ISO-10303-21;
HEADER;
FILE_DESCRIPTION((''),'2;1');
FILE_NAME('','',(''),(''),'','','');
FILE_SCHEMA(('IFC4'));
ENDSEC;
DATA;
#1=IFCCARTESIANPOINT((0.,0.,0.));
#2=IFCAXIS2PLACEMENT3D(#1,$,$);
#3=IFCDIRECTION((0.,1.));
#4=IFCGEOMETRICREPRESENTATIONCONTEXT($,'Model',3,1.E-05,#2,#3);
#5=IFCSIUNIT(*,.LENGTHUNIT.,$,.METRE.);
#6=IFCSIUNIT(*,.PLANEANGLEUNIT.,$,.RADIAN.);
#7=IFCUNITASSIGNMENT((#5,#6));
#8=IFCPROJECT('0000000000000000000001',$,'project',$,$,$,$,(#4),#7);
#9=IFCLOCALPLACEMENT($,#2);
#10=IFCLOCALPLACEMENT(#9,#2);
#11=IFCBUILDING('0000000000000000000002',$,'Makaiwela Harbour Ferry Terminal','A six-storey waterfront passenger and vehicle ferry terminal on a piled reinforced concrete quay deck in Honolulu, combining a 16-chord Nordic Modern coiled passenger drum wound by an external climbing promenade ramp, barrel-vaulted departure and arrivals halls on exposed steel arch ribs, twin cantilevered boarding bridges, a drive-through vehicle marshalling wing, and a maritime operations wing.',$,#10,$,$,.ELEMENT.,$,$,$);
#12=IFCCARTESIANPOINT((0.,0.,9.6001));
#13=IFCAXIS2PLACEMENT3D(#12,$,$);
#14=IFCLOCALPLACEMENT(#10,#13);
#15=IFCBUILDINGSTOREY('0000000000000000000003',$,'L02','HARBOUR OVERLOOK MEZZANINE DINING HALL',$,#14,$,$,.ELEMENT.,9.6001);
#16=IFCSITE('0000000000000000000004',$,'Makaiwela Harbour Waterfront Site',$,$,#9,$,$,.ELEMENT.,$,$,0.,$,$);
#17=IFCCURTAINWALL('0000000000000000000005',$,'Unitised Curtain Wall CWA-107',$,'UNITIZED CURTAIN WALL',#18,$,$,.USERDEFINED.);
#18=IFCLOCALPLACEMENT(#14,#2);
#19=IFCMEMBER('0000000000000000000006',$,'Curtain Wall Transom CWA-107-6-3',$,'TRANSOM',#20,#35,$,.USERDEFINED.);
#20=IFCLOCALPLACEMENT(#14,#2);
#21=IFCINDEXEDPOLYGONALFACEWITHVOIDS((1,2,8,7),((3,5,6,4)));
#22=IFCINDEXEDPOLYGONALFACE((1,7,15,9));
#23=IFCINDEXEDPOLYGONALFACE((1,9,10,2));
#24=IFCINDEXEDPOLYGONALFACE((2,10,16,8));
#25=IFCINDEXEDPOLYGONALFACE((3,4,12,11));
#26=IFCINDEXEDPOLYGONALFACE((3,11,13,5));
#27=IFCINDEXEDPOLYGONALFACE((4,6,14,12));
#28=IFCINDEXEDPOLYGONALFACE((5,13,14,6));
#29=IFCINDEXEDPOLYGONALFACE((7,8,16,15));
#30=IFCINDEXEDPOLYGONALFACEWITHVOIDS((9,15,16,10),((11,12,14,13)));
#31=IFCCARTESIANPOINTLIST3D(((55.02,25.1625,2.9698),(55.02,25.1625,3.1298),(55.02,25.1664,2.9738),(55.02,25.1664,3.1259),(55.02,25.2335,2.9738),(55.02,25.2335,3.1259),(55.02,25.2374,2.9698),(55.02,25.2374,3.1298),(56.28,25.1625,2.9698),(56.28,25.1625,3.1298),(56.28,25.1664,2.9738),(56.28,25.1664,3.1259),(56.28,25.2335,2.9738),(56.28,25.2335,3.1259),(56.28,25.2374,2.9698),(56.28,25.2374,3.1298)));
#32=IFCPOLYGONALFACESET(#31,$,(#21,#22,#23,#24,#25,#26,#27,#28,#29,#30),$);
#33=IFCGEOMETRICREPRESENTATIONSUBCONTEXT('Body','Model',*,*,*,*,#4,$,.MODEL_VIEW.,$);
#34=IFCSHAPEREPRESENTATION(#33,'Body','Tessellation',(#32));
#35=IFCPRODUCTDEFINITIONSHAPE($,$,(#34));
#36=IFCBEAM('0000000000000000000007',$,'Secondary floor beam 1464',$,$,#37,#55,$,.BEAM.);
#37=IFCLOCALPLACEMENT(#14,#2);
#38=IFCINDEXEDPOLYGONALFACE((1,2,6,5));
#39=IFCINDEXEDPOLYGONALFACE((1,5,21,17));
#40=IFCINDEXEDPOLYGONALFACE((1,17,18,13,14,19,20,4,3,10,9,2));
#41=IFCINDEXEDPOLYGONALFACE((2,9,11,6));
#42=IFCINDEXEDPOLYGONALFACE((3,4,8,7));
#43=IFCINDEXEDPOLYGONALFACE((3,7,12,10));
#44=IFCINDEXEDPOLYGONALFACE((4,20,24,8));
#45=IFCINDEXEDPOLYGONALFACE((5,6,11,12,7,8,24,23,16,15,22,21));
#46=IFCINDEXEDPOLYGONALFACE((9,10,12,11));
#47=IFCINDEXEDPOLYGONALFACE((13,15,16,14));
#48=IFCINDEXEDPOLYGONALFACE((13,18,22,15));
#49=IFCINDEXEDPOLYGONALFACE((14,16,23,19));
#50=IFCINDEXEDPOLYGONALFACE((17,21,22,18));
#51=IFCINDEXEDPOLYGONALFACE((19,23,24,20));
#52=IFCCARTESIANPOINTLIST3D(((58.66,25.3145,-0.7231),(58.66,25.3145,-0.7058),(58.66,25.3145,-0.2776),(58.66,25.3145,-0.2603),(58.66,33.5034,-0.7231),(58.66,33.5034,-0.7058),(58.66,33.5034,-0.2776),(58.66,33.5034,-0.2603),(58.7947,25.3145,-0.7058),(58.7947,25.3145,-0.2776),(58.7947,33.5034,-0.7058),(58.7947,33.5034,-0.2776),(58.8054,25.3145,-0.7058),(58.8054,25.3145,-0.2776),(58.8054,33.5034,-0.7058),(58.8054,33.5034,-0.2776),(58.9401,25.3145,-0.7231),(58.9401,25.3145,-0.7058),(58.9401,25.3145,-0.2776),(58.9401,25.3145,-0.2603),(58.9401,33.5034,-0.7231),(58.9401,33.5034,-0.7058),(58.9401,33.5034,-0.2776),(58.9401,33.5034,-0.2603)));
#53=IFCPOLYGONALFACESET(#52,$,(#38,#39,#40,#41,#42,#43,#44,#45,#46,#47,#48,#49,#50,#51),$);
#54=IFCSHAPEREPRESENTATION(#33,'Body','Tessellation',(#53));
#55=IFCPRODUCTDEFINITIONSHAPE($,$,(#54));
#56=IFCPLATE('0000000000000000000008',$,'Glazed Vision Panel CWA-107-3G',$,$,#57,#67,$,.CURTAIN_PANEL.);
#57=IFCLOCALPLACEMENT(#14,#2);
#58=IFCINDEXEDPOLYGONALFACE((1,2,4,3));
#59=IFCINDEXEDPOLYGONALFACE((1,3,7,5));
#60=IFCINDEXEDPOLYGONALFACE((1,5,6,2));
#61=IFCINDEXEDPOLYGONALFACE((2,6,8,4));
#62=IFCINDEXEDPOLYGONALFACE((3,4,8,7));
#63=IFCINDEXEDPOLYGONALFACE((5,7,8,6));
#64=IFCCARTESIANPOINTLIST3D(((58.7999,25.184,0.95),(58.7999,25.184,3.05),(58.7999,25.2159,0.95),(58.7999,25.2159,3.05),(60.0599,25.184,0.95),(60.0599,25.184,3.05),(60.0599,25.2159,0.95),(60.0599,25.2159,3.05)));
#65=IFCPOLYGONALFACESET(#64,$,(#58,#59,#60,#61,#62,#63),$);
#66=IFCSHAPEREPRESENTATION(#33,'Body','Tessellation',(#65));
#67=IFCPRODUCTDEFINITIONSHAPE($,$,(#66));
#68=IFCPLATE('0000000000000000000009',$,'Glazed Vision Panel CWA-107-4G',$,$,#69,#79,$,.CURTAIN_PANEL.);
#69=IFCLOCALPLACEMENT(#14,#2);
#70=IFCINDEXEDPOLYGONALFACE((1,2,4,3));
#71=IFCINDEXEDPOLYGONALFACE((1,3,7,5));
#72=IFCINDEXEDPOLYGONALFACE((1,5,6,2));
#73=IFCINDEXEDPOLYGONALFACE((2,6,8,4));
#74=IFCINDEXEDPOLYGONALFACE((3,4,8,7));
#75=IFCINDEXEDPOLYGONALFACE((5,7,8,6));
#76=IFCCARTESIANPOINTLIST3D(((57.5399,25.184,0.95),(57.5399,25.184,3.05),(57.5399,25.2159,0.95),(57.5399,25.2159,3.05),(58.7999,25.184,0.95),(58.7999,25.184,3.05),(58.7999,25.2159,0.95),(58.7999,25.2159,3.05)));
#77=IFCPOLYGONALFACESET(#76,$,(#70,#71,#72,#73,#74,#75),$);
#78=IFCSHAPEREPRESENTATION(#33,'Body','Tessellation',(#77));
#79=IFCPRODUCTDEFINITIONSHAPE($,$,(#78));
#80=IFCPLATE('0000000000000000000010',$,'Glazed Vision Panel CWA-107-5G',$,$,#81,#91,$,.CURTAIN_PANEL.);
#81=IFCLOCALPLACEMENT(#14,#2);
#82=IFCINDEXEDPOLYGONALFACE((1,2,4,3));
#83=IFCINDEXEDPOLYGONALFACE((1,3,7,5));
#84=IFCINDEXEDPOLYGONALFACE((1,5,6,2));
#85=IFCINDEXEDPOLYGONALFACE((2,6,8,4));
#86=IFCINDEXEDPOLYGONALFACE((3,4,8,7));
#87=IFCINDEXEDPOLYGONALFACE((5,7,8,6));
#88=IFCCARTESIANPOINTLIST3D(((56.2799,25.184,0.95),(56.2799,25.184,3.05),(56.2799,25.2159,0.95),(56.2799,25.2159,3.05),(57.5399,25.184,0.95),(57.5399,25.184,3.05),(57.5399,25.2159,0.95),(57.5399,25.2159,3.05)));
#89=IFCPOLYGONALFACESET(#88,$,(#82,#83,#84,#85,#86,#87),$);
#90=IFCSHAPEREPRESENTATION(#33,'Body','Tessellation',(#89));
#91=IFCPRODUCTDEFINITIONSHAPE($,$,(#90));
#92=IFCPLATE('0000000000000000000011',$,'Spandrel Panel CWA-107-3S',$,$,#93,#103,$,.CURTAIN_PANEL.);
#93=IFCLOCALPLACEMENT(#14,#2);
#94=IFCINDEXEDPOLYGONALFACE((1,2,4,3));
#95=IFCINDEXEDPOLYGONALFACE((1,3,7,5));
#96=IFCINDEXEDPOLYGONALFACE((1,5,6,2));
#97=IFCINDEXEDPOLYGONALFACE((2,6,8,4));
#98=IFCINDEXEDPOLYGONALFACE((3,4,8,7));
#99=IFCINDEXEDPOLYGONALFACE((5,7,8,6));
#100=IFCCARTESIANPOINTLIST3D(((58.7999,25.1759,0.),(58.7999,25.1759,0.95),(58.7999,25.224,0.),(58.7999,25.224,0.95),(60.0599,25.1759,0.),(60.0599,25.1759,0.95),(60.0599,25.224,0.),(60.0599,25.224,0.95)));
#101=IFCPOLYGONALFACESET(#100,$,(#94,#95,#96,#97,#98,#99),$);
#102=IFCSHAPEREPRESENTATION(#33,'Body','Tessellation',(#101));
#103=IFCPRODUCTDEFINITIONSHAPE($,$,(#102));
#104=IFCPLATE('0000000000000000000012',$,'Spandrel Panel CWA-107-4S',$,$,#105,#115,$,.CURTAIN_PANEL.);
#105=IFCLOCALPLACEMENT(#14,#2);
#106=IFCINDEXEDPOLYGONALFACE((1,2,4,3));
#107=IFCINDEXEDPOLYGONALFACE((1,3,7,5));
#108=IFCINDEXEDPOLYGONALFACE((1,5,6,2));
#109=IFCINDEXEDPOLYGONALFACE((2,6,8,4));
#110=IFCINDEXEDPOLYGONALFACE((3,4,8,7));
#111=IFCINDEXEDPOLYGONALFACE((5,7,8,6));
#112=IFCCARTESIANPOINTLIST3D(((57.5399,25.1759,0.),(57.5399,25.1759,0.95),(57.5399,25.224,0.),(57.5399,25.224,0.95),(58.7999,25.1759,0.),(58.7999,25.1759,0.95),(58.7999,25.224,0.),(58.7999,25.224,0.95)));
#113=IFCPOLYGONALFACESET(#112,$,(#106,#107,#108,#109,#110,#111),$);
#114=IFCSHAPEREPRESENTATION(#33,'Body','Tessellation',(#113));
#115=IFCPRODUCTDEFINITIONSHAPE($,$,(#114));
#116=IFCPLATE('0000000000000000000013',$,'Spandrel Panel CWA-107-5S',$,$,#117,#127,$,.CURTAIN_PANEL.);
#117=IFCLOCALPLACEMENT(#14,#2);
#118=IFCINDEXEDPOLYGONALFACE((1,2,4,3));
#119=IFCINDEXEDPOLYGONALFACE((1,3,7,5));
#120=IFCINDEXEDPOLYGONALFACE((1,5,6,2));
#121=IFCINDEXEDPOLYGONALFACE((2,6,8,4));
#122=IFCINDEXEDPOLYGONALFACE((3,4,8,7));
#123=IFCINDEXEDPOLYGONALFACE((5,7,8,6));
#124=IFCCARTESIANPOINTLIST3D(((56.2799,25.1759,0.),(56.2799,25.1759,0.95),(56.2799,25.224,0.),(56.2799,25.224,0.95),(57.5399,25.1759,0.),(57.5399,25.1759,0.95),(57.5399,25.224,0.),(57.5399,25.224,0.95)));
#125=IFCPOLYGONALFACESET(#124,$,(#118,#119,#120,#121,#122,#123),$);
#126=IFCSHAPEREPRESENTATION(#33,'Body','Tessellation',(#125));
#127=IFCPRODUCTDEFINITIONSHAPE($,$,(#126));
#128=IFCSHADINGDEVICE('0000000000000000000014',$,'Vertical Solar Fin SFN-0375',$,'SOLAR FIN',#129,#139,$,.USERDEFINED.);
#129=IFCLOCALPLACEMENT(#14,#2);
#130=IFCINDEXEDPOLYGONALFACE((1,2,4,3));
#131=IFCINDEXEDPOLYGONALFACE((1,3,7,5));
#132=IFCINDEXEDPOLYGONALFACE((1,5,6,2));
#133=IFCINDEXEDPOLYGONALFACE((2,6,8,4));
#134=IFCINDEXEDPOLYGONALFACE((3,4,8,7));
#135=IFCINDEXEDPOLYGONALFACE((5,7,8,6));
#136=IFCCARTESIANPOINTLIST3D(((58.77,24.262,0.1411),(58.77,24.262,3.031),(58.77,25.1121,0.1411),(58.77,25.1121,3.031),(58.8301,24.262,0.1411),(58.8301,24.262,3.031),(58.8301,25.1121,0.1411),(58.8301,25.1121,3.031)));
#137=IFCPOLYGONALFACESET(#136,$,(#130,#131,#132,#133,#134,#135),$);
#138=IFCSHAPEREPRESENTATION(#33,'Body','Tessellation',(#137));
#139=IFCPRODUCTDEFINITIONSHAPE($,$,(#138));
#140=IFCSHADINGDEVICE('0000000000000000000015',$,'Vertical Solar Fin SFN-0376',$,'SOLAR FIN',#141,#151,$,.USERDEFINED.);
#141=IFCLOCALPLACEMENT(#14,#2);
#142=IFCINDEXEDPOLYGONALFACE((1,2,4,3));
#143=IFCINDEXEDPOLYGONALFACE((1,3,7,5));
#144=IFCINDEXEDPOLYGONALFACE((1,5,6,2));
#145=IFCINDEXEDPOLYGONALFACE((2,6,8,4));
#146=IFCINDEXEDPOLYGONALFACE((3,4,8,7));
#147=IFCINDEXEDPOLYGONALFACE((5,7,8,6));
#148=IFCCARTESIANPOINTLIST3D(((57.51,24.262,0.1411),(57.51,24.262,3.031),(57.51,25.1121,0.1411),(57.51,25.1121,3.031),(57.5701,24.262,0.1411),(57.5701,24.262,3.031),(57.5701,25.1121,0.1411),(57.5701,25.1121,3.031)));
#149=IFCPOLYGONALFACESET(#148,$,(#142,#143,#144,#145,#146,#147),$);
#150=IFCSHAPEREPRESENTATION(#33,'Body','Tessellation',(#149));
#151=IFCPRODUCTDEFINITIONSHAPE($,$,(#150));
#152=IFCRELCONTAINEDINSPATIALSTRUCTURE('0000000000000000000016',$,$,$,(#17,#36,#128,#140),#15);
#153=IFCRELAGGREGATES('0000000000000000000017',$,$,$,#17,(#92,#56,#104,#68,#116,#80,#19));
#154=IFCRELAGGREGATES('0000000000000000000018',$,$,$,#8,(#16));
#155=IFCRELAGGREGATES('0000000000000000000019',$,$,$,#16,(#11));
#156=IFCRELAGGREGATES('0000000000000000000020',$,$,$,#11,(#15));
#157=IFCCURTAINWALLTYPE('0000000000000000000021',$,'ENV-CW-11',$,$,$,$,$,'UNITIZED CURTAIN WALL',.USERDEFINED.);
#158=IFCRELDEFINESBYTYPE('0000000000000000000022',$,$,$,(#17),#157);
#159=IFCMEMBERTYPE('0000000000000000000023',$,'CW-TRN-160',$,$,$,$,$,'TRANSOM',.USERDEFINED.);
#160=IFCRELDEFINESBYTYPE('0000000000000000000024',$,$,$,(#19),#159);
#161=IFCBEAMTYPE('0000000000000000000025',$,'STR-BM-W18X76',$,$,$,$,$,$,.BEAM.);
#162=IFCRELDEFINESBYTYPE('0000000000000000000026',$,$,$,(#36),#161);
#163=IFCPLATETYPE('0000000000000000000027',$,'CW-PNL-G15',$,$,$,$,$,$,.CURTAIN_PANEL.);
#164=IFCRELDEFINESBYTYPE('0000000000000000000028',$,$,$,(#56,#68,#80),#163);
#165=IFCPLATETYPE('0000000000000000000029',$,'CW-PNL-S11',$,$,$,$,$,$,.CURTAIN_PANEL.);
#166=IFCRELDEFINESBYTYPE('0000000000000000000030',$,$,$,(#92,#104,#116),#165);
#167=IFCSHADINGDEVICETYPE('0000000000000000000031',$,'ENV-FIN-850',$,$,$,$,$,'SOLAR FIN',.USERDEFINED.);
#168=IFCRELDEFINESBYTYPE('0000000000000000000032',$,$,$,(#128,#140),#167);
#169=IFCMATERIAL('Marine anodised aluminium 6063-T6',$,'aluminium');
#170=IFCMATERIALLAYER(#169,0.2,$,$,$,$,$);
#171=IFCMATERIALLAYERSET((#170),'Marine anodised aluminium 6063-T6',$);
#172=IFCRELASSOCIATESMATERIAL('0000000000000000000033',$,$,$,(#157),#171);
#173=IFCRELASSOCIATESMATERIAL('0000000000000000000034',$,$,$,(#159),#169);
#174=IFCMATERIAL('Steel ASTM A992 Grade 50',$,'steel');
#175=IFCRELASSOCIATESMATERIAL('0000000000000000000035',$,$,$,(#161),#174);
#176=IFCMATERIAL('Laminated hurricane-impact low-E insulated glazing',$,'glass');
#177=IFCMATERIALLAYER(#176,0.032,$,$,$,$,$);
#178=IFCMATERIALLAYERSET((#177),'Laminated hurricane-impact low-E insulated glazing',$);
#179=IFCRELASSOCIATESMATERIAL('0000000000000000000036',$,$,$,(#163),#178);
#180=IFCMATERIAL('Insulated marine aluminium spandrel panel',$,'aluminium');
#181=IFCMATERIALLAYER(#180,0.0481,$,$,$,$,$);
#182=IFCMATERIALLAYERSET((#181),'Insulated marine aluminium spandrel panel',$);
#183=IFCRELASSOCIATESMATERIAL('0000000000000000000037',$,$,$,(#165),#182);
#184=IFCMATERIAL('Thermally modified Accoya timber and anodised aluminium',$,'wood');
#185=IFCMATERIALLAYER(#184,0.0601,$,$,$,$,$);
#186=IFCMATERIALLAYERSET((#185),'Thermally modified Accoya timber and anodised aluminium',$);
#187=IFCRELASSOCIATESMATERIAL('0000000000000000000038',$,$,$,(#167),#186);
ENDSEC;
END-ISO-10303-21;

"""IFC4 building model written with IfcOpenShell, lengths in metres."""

from ifc_helpers import new_model, si_unit, direction, frame, origin, origin_2d, place, context, subcontext, project, spatial, rectangle, hollow_rectangle, i_section, extrude, material, layer, layer_set, material_profile, profile_set, type_object, element, aggregate, save


model = new_model("IFC4")

# Units and contexts
model_context = context("Model", 3, precision=1e-05, world=origin(), true_north=direction((0.0, 1.0)))
body_context = subcontext(model_context, "Body", "Model", "MODEL_VIEW")
ifc_project = project(units=[si_unit("LENGTHUNIT", "METRE"), si_unit("PLANEANGLEUNIT", "RADIAN")], contexts=[model_context])

# Site, building, storey
site_placement = place(None, origin())
site = spatial("IfcSite", under=ifc_project, at=site_placement, Name="Makaiwela Harbour Waterfront Site", CompositionType="ELEMENT", RefElevation=0.0)
building_placement = place(site_placement, origin())
building = spatial("IfcBuilding", under=site, at=building_placement, Name="Makaiwela Harbour Ferry Terminal", Description="A six-storey waterfront passenger and vehicle ferry terminal on a piled reinforced concrete quay deck in Honolulu, combining a 16-chord Nordic Modern coiled passenger drum wound by an external climbing promenade ramp, barrel-vaulted departure and arrivals halls on exposed steel arch ribs, twin cantilevered boarding bridges, a drive-through vehicle marshalling wing, and a maritime operations wing.", CompositionType="ELEMENT")
storey_placement = place(building_placement, frame((0.0, 0.0, 9.6001)))
storey = spatial("IfcBuildingStorey", under=building, at=storey_placement, Name="L02", Description="HARBOUR OVERLOOK MEZZANINE DINING HALL", CompositionType="ELEMENT", Elevation=9.6001)

# Curtain wall, member
ifc_material_1 = material(Name="Marine anodised aluminium 6063-T6", Category="aluminium")
ifc_layer_1 = layer(ifc_material_1, 0.2)
ifc_layer_set_1 = layer_set([ifc_layer_1], Name="Marine anodised aluminium 6063-T6")
curtain_wall_type = type_object("IfcCurtainWallType", Name="ENV-CW-11", ElementType="UNITIZED CURTAIN WALL", PredefinedType="USERDEFINED", material=ifc_layer_set_1)
curtain_wall_placement = place(storey_placement, origin())
curtain_wall = element("IfcCurtainWall", 1, at=curtain_wall_placement, inside=storey, type_object=curtain_wall_type, Name="Unitised Curtain Wall CWA-107", ObjectType="UNITIZED CURTAIN WALL", PredefinedType="USERDEFINED")
ifc_material_profile_1 = material_profile(ifc_material_1, hollow_rectangle(XDim=0.075, YDim=0.1599, WallThickness=0.0039, at=origin_2d()), Name="CWT-160X75")
ifc_profile_set_1 = profile_set([ifc_material_profile_1], Name="Marine anodised aluminium 6063-T6")
member_type_1 = type_object("IfcMemberType", Name="CW-TRN-160", ElementType="TRANSOM", PredefinedType="USERDEFINED", material=ifc_profile_set_1)
member_1_placement = place(storey_placement, frame((56.28, 25.2, 3.0498), z_axis=(-1.0, 0.0, 0.0), x_axis=(0.0, -1.0, 0.0)))
member_1 = element("IfcMember", 2, at=member_1_placement, type_object=member_type_1, Name="Curtain Wall Transom CWA-107-6-3", ObjectType="TRANSOM", PredefinedType="USERDEFINED", context=body_context, shape_type="SweptSolid", body=[
    extrude(hollow_rectangle(XDim=0.075, YDim=0.1599, WallThickness=0.0039, at=origin_2d()), origin(), (0.0, 0.0, 1.0), 1.26),
])

# Beam
ifc_material_2 = material(Name="Steel ASTM A992 Grade 50", Category="steel")
ifc_material_profile_2 = material_profile(ifc_material_2, i_section(OverallWidth=0.28, OverallDepth=0.4629, WebThickness=0.0107, FlangeThickness=0.0173, at=origin_2d()), Name="W18X76")
ifc_profile_set_2 = profile_set([ifc_material_profile_2], Name="Steel ASTM A992 Grade 50")
beam_type = type_object("IfcBeamType", Name="STR-BM-W18X76", PredefinedType="BEAM", material=ifc_profile_set_2)
beam_placement = place(storey_placement, frame((58.8, 25.3145, -0.4917), z_axis=(0.0, 1.0, 0.0), x_axis=(-1.0, 0.0, 0.0)))
element("IfcBeam", 3, at=beam_placement, inside=storey, type_object=beam_type, Name="Secondary floor beam 1464", PredefinedType="BEAM", context=body_context, shape_type="SweptSolid", body=[
    extrude(i_section(OverallWidth=0.28, OverallDepth=0.4629, WebThickness=0.0107, FlangeThickness=0.0173, at=origin_2d()), origin(), (0.0, 0.0, 1.0), 8.189),
])

# Plates
ifc_material_3 = material(Name="Laminated hurricane-impact low-E insulated glazing", Category="glass")
ifc_layer_2 = layer(ifc_material_3, 0.032)
ifc_layer_set_2 = layer_set([ifc_layer_2], Name="Laminated hurricane-impact low-E insulated glazing")
plate_type_1 = type_object("IfcPlateType", Name="CW-PNL-G15", PredefinedType="CURTAIN_PANEL", material=ifc_layer_set_2)
plate_1_placement = place(storey_placement, frame((59.4299, 25.2, 0.95), z_axis=(0.0, 0.0, 1.0), x_axis=(-1.0, 0.0, 0.0)))
plate_1 = element("IfcPlate", 4, at=plate_1_placement, type_object=plate_type_1, Name="Glazed Vision Panel CWA-107-3G", PredefinedType="CURTAIN_PANEL", context=body_context, shape_type="SweptSolid", body=[
    extrude(rectangle(XDim=1.26, YDim=0.032, at=origin_2d()), origin(), (0.0, 0.0, 1.0), 2.1001),
])
plate_2_placement = place(storey_placement, frame((58.1699, 25.2, 0.95), z_axis=(0.0, 0.0, 1.0), x_axis=(-1.0, 0.0, 0.0)))
plate_2 = element("IfcPlate", 5, at=plate_2_placement, type_object=plate_type_1, Name="Glazed Vision Panel CWA-107-4G", PredefinedType="CURTAIN_PANEL", context=body_context, shape_type="SweptSolid", body=[
    extrude(rectangle(XDim=1.26, YDim=0.032, at=origin_2d()), origin(), (0.0, 0.0, 1.0), 2.1001),
])
plate_3_placement = place(storey_placement, frame((56.9099, 25.2, 0.95), z_axis=(0.0, 0.0, 1.0), x_axis=(-1.0, 0.0, 0.0)))
plate_3 = element("IfcPlate", 6, at=plate_3_placement, type_object=plate_type_1, Name="Glazed Vision Panel CWA-107-5G", PredefinedType="CURTAIN_PANEL", context=body_context, shape_type="SweptSolid", body=[
    extrude(rectangle(XDim=1.26, YDim=0.032, at=origin_2d()), origin(), (0.0, 0.0, 1.0), 2.1001),
])
ifc_material_4 = material(Name="Insulated marine aluminium spandrel panel", Category="aluminium")
ifc_layer_3 = layer(ifc_material_4, 0.0481)
ifc_layer_set_3 = layer_set([ifc_layer_3], Name="Insulated marine aluminium spandrel panel")
plate_type_2 = type_object("IfcPlateType", Name="CW-PNL-S11", PredefinedType="CURTAIN_PANEL", material=ifc_layer_set_3)
plate_4_placement = place(storey_placement, frame((59.4299, 25.2, 0.0), z_axis=(0.0, 0.0, 1.0), x_axis=(-1.0, 0.0, 0.0)))
plate_4 = element("IfcPlate", 7, at=plate_4_placement, type_object=plate_type_2, Name="Spandrel Panel CWA-107-3S", PredefinedType="CURTAIN_PANEL", context=body_context, shape_type="SweptSolid", body=[
    extrude(rectangle(XDim=1.26, YDim=0.0481, at=origin_2d()), origin(), (0.0, 0.0, 1.0), 0.95),
])
plate_5_placement = place(storey_placement, frame((58.1699, 25.2, 0.0), z_axis=(0.0, 0.0, 1.0), x_axis=(-1.0, 0.0, 0.0)))
plate_5 = element("IfcPlate", 8, at=plate_5_placement, type_object=plate_type_2, Name="Spandrel Panel CWA-107-4S", PredefinedType="CURTAIN_PANEL", context=body_context, shape_type="SweptSolid", body=[
    extrude(rectangle(XDim=1.26, YDim=0.0481, at=origin_2d()), origin(), (0.0, 0.0, 1.0), 0.95),
])
plate_6_placement = place(storey_placement, frame((56.9099, 25.2, 0.0), z_axis=(0.0, 0.0, 1.0), x_axis=(-1.0, 0.0, 0.0)))
plate_6 = element("IfcPlate", 9, at=plate_6_placement, type_object=plate_type_2, Name="Spandrel Panel CWA-107-5S", PredefinedType="CURTAIN_PANEL", context=body_context, shape_type="SweptSolid", body=[
    extrude(rectangle(XDim=1.26, YDim=0.0481, at=origin_2d()), origin(), (0.0, 0.0, 1.0), 0.95),
])
aggregate(curtain_wall, [plate_4, plate_1, plate_5, plate_2, plate_6, plate_3, member_1])

# Shading devices
ifc_material_5 = material(Name="Thermally modified Accoya timber and anodised aluminium", Category="wood")
ifc_layer_4 = layer(ifc_material_5, 0.0601)
ifc_layer_set_4 = layer_set([ifc_layer_4], Name="Thermally modified Accoya timber and anodised aluminium")
shading_device_type = type_object("IfcShadingDeviceType", Name="ENV-FIN-850", ElementType="SOLAR FIN", PredefinedType="USERDEFINED", material=ifc_layer_set_4)
for number, where, z_axis, x_axis, name in (
    (10, (58.8, 24.687, 0.1411), (0.0, 0.0, 1.0), (0.0, -1.0, 0.0), "Vertical Solar Fin SFN-0375"),
    (11, (57.54, 24.687, 0.1411), (0.0, 0.0, 1.0), (0.0, -1.0, 0.0), "Vertical Solar Fin SFN-0376"),
):
    element("IfcShadingDevice", number, at=place(storey_placement, frame(where, z_axis=z_axis, x_axis=x_axis)), inside=storey, type_object=shading_device_type, Name=name, ObjectType="SOLAR FIN", PredefinedType="USERDEFINED", context=body_context, shape_type="SweptSolid", body=[
        extrude(rectangle(XDim=0.8501, YDim=0.0601, at=origin_2d()), origin(), (0.0, 0.0, 1.0), 2.8899),
    ])

save(model, "model.ifc")
